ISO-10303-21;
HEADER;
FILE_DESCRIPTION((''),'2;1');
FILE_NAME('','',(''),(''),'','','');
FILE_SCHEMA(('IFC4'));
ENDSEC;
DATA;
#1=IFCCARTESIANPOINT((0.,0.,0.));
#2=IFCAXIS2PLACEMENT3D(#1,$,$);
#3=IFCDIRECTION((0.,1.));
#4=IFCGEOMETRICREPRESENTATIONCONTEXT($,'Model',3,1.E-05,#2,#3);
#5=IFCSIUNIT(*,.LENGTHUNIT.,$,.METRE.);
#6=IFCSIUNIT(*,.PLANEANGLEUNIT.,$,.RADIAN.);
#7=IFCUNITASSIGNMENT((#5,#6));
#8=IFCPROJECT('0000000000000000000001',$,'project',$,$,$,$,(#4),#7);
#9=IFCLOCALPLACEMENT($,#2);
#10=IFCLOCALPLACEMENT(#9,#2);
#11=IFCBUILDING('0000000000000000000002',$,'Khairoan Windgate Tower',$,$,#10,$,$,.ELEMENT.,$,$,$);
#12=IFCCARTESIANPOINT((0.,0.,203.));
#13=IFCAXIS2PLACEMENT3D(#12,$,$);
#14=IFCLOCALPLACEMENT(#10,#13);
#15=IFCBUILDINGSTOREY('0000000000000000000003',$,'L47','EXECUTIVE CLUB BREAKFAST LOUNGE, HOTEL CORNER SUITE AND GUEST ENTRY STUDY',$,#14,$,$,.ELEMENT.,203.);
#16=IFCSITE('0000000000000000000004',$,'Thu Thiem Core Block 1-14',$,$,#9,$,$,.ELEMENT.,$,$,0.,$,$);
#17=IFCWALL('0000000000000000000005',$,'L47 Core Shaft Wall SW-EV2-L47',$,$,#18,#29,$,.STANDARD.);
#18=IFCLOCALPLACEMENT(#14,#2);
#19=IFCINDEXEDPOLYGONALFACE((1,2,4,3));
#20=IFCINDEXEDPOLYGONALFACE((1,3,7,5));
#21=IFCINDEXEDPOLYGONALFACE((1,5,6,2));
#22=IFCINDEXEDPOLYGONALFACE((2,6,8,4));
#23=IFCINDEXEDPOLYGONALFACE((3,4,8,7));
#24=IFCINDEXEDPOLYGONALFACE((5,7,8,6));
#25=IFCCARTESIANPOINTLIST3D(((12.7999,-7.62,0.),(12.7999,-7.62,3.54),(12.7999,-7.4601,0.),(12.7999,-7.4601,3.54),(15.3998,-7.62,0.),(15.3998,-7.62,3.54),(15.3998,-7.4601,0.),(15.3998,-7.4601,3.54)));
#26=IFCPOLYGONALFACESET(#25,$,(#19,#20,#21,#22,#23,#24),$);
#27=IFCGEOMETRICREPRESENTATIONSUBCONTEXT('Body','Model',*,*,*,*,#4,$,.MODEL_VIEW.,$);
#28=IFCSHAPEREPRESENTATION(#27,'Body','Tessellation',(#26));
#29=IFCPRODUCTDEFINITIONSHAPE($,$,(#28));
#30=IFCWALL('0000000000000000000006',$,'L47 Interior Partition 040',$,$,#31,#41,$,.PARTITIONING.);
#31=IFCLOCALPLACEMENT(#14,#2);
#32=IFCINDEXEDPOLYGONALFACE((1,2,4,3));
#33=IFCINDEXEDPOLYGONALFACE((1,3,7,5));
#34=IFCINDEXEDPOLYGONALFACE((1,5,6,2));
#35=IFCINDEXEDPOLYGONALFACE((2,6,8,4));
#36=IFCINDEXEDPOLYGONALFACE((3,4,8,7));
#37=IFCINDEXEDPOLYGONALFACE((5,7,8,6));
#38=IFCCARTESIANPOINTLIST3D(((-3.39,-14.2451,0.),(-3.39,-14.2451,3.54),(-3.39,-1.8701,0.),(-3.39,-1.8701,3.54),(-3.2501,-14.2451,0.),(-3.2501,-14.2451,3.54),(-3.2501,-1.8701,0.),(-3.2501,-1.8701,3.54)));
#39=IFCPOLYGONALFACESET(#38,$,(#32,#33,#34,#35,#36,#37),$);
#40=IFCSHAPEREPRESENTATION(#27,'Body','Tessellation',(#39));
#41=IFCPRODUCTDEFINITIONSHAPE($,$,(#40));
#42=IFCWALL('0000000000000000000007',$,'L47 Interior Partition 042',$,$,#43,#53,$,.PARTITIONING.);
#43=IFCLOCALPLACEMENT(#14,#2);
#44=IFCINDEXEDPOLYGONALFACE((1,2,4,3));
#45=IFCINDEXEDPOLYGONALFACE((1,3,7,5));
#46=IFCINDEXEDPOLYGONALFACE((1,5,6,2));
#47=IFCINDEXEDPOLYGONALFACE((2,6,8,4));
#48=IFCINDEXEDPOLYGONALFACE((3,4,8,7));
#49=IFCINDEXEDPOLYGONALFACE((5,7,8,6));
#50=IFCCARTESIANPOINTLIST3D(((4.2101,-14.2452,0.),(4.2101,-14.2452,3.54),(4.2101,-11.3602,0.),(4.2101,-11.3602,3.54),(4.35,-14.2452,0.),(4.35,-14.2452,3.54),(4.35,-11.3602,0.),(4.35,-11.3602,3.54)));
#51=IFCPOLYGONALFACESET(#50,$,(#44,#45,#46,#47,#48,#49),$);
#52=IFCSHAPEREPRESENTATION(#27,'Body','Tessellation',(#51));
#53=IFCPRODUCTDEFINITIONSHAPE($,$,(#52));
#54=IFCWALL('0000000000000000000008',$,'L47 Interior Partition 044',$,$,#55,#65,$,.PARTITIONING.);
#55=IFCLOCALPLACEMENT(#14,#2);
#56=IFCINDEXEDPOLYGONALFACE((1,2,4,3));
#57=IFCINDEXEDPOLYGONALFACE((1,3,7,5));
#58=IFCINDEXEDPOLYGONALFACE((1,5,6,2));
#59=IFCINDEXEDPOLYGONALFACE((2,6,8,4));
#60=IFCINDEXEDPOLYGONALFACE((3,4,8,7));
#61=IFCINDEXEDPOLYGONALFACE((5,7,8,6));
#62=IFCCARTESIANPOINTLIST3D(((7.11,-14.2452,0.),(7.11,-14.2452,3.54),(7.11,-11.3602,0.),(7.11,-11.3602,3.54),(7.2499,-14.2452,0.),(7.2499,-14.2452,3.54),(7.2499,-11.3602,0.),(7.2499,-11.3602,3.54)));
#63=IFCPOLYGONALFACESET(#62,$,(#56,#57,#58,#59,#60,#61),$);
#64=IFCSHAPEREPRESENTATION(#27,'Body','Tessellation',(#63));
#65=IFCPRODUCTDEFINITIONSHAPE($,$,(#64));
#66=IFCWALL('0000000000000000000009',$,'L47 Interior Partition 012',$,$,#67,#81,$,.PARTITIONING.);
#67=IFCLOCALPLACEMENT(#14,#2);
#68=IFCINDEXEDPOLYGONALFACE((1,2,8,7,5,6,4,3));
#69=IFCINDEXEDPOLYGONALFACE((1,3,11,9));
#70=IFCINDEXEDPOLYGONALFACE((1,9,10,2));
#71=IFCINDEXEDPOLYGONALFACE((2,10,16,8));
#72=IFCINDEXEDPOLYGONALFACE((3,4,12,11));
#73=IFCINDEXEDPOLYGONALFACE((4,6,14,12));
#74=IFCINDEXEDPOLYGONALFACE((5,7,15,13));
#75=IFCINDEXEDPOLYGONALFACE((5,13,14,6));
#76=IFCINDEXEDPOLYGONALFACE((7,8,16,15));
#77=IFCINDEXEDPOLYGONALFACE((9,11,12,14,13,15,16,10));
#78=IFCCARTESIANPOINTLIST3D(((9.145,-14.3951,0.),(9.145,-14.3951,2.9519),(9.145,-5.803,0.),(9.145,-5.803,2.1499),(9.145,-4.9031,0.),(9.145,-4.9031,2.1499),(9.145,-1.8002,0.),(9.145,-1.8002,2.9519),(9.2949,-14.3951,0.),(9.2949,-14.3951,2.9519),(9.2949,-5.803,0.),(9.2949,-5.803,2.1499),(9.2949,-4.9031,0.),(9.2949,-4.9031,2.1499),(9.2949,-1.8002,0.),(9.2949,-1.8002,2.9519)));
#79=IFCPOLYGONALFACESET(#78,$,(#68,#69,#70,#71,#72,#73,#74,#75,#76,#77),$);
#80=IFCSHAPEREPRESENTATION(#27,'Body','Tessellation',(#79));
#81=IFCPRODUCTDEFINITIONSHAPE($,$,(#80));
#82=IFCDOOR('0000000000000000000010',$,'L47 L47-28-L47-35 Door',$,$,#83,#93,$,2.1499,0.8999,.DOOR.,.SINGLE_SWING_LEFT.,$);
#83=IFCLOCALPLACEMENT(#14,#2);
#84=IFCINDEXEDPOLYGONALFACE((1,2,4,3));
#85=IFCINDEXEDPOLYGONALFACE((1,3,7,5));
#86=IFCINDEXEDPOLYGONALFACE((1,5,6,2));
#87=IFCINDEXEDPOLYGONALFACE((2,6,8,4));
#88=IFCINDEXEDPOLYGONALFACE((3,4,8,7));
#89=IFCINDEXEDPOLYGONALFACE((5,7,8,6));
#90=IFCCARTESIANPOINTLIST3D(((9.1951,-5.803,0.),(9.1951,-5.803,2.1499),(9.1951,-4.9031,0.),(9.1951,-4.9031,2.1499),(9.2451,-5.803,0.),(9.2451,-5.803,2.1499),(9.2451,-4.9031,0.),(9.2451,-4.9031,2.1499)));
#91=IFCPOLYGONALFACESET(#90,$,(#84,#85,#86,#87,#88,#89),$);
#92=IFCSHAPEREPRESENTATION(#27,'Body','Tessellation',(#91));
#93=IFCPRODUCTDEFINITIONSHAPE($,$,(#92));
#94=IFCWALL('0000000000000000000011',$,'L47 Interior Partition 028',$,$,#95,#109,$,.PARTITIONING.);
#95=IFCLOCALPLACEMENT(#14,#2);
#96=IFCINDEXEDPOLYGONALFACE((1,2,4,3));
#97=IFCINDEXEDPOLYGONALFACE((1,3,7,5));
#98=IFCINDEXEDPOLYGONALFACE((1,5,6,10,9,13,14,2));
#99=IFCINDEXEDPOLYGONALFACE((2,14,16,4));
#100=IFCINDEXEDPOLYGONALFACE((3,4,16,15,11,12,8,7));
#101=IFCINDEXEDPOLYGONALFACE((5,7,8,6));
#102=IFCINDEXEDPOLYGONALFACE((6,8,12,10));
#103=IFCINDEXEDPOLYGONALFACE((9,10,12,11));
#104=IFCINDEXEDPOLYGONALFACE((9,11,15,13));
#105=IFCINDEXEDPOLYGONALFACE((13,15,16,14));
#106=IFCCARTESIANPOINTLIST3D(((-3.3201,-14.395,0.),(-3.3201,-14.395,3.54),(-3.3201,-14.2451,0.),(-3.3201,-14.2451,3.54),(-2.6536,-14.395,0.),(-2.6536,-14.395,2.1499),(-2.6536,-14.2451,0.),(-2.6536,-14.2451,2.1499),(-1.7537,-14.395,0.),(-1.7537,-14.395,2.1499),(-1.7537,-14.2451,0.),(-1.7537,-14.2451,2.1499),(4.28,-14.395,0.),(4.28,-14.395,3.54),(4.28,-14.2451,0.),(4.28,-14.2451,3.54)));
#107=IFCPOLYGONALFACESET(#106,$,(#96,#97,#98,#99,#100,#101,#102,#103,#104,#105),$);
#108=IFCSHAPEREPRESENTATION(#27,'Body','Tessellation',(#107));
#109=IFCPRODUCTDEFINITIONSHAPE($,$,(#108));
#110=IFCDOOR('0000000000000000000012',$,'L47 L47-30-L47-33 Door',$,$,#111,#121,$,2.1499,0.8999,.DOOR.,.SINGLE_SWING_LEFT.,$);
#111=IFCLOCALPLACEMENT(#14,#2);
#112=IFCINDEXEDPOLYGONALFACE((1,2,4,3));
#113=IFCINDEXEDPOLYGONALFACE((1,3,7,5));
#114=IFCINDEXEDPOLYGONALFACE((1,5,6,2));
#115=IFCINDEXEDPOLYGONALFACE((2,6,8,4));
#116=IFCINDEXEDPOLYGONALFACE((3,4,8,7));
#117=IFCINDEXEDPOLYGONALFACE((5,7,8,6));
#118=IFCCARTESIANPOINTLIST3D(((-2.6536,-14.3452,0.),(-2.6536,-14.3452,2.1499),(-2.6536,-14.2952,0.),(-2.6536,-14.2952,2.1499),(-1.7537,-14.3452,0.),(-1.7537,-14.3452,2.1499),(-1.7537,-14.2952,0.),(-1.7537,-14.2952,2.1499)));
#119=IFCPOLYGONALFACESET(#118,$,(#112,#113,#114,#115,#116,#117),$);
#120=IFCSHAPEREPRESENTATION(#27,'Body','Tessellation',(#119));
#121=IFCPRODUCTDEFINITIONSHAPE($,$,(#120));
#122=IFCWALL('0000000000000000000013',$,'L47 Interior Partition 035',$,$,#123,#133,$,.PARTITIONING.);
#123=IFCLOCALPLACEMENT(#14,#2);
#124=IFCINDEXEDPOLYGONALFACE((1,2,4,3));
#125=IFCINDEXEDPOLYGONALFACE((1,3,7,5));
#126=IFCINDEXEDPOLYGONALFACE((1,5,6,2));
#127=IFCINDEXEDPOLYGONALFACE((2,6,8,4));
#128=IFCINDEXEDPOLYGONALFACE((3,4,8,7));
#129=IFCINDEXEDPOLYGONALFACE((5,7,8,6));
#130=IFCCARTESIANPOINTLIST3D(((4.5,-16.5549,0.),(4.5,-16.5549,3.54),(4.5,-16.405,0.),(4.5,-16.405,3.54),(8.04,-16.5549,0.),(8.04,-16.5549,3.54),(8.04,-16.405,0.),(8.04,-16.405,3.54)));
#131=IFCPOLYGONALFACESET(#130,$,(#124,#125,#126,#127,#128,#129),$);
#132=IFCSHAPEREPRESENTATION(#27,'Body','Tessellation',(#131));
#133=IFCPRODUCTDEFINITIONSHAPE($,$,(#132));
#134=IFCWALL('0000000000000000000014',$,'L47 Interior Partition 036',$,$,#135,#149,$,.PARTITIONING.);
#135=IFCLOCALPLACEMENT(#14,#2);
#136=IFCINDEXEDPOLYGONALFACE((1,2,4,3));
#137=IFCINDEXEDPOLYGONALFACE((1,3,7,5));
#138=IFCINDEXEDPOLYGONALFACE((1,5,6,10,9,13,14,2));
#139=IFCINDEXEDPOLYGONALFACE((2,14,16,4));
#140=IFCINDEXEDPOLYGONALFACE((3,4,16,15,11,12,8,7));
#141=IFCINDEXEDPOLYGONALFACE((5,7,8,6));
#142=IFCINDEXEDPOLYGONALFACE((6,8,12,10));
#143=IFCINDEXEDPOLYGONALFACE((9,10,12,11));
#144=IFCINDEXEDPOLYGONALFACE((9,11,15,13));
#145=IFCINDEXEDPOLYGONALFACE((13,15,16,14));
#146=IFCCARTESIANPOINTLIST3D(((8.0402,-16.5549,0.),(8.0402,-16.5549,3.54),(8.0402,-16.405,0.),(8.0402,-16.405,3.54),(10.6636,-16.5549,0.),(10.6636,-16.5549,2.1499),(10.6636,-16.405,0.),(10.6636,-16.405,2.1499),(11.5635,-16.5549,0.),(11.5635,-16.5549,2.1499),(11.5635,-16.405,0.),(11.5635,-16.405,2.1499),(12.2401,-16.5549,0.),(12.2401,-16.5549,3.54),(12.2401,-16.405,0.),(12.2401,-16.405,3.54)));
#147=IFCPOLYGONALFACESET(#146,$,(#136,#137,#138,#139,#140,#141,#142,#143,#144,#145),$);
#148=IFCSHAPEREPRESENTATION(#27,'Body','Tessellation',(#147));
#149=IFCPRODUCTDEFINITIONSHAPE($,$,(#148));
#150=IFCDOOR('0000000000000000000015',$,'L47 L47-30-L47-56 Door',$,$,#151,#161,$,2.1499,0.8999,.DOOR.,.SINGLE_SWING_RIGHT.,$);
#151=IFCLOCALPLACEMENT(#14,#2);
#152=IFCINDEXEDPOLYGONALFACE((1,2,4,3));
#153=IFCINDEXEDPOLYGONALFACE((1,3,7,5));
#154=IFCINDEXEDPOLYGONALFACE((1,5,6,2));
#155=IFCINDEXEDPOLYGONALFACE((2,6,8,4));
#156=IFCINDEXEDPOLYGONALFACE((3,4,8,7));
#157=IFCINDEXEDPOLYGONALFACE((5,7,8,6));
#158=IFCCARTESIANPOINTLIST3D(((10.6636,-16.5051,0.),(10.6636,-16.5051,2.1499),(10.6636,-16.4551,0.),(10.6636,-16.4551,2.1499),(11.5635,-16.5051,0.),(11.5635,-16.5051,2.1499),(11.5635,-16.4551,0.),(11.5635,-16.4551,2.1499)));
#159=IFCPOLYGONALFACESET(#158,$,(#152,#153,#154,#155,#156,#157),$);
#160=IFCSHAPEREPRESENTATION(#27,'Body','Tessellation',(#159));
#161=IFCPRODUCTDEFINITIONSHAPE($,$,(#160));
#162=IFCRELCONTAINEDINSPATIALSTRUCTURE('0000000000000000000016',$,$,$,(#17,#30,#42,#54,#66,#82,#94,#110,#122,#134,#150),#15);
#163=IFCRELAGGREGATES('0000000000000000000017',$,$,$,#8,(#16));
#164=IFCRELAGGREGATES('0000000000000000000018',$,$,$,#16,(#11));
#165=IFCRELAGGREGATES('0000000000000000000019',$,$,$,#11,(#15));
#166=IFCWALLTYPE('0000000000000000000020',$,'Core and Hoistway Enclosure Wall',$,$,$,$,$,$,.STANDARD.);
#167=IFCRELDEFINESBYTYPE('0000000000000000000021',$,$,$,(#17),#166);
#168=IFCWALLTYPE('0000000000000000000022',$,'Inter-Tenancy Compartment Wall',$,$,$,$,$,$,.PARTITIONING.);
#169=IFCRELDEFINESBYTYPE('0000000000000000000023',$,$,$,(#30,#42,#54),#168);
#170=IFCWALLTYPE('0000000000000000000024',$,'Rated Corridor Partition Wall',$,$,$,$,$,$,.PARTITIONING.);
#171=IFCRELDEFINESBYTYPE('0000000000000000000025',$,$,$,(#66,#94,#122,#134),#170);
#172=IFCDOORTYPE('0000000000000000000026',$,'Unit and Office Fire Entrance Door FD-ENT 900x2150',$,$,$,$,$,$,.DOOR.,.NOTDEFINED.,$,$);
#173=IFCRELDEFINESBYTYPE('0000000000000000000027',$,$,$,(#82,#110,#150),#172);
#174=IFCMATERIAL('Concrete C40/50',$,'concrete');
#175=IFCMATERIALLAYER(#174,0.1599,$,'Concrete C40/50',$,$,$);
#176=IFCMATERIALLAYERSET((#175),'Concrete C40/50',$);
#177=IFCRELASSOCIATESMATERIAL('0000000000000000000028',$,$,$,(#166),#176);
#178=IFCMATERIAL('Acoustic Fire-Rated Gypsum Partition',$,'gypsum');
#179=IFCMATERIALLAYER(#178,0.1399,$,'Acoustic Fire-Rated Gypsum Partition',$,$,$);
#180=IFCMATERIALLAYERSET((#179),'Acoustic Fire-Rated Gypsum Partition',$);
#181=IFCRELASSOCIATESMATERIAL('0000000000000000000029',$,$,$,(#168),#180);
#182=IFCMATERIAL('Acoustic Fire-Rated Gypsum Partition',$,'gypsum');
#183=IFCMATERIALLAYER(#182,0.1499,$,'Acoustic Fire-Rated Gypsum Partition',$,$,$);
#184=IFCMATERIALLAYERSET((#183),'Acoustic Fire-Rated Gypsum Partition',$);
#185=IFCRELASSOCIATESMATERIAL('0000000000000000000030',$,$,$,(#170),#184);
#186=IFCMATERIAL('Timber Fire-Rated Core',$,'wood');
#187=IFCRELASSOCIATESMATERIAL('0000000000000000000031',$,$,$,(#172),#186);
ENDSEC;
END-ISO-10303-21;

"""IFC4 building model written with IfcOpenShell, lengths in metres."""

from ifc_helpers import new_model, si_unit, direction, frame, frame_2d, origin, place, context, subcontext, project, spatial, rectangle, extrude, material, layer, layer_set, type_object, element, fill, save


model = new_model("IFC4")

# Units and contexts
model_context = context("Model", 3, precision=1e-05, world=origin(), true_north=direction((0.0, 1.0)))
body_context = subcontext(model_context, "Body", "Model", "MODEL_VIEW")
ifc_project = project(units=[si_unit("LENGTHUNIT", "METRE"), si_unit("PLANEANGLEUNIT", "RADIAN")], contexts=[model_context])

# Site, building, storey
site_placement = place(None, origin())
site = spatial("IfcSite", under=ifc_project, at=site_placement, Name="Thu Thiem Core Block 1-14", CompositionType="ELEMENT", RefElevation=0.0)
building_placement = place(site_placement, origin())
building = spatial("IfcBuilding", under=site, at=building_placement, Name="Khairoan Windgate Tower", CompositionType="ELEMENT")
storey_placement = place(building_placement, frame((0.0, 0.0, 203.0)))
storey = spatial("IfcBuildingStorey", under=building, at=storey_placement, Name="L47", Description="EXECUTIVE CLUB BREAKFAST LOUNGE, HOTEL CORNER SUITE AND GUEST ENTRY STUDY", CompositionType="ELEMENT", Elevation=203.0)

# Walls
ifc_material_1 = material(Name="Concrete C40/50", Category="concrete")
ifc_layer_1 = layer(ifc_material_1, 0.1599, Name="Concrete C40/50")
ifc_layer_set_1 = layer_set([ifc_layer_1], Name="Concrete C40/50")
wall_type_1 = type_object("IfcWallType", Name="Core and Hoistway Enclosure Wall", PredefinedType="STANDARD", material=ifc_layer_set_1)
for number, where, z_axis, x_axis, name in (
    (1, (12.8, -7.54, 0.0), (0.0, 0.0, 1.0), (1.0, 0.0, 0.0), "L47 Core Shaft Wall SW-EV2-L47"),
):
    element("IfcWall", number, at=place(storey_placement, frame(where, z_axis=z_axis, x_axis=x_axis)), inside=storey, type_object=wall_type_1, Name=name, PredefinedType="STANDARD", context=body_context, shape_type="SweptSolid", body=[
        extrude(rectangle(XDim=2.5999, YDim=0.1599, at=frame_2d((1.2998, 0.0))), origin(), (0.0, 0.0, 1.0), 3.54),
    ])
ifc_material_2 = material(Name="Acoustic Fire-Rated Gypsum Partition", Category="gypsum")
ifc_layer_2 = layer(ifc_material_2, 0.1399, Name="Acoustic Fire-Rated Gypsum Partition")
ifc_layer_set_2 = layer_set([ifc_layer_2], Name="Acoustic Fire-Rated Gypsum Partition")
wall_type_2 = type_object("IfcWallType", Name="Inter-Tenancy Compartment Wall", PredefinedType="PARTITIONING", material=ifc_layer_set_2)
wall_1_placement = place(storey_placement, frame((-3.3201, -14.2451, 0.0), z_axis=(0.0, 0.0, 1.0), x_axis=(0.0, 1.0, 0.0)))
element("IfcWall", 2, at=wall_1_placement, inside=storey, type_object=wall_type_2, Name="L47 Interior Partition 040", PredefinedType="PARTITIONING", context=body_context, shape_type="SweptSolid", body=[
    extrude(rectangle(XDim=12.375, YDim=0.1399, at=frame_2d((6.1875, 0.0))), origin(), (0.0, 0.0, 1.0), 3.54),
])
for number, where, z_axis, x_axis, name in (
    (3, (4.28, -14.2451, 0.0), (0.0, 0.0, 1.0), (0.0, 1.0, 0.0), "L47 Interior Partition 042"),
    (4, (7.1799, -14.2451, 0.0), (0.0, 0.0, 1.0), (0.0, 1.0, 0.0), "L47 Interior Partition 044"),
):
    element("IfcWall", number, at=place(storey_placement, frame(where, z_axis=z_axis, x_axis=x_axis)), inside=storey, type_object=wall_type_2, Name=name, PredefinedType="PARTITIONING", context=body_context, shape_type="SweptSolid", body=[
        extrude(rectangle(XDim=2.885, YDim=0.1399, at=frame_2d((1.4424, 0.0))), origin(), (0.0, 0.0, 1.0), 3.54),
    ])

# Walls, openings, doors
ifc_material_3 = material(Name="Acoustic Fire-Rated Gypsum Partition", Category="gypsum")
ifc_layer_3 = layer(ifc_material_3, 0.1499, Name="Acoustic Fire-Rated Gypsum Partition")
ifc_layer_set_3 = layer_set([ifc_layer_3], Name="Acoustic Fire-Rated Gypsum Partition")
wall_type_3 = type_object("IfcWallType", Name="Rated Corridor Partition Wall", PredefinedType="PARTITIONING", material=ifc_layer_set_3)
wall_2_placement = place(storey_placement, frame((9.22, -14.395, 0.0), z_axis=(0.0, 0.0, 1.0), x_axis=(0.0, 1.0, 0.0)))
wall_2 = element("IfcWall", 5, at=wall_2_placement, inside=storey, type_object=wall_type_3, Name="L47 Interior Partition 012", PredefinedType="PARTITIONING", context=body_context, shape_type="SweptSolid", body=[
    extrude(rectangle(XDim=12.595, YDim=0.1499, at=frame_2d((6.2974, 0.0))), origin(), (0.0, 0.0, 1.0), 2.9519),
])
opening_1_placement = place(wall_2_placement, frame((8.592, 0.0, 0.0)))
opening_1 = element("IfcOpeningElement", 6, at=opening_1_placement, cuts=wall_2, PredefinedType="OPENING", context=body_context, shape_type="SweptSolid", body=[
    extrude(rectangle(XDim=0.8999, YDim=2.1499, at=frame_2d((0.45, 1.075))), frame((0.0, 0.085, 0.0), z_axis=(0.0, -1.0, 0.0), x_axis=(1.0, 0.0, 0.0)), (0.0, 0.0, 1.0), 0.1699),
])
ifc_material_4 = material(Name="Timber Fire-Rated Core", Category="wood")
door_type = type_object("IfcDoorType", Name="Unit and Office Fire Entrance Door FD-ENT 900x2150", OperationType="NOTDEFINED", PredefinedType="DOOR", material=ifc_material_4)
door_1_placement = place(opening_1_placement, origin())
door_1 = element("IfcDoor", 7, at=door_1_placement, inside=storey, type_object=door_type, Name="L47 L47-28-L47-35 Door", OperationType="SINGLE_SWING_LEFT", OverallHeight=2.1499, OverallWidth=0.8999, PredefinedType="DOOR", context=body_context, shape_type="SweptSolid", body=[
    extrude(rectangle(XDim=0.8999, YDim=2.1499, at=frame_2d((0.45, 1.075))), frame((0.0, 0.0249, 0.0), z_axis=(0.0, -1.0, 0.0), x_axis=(1.0, 0.0, 0.0)), (0.0, 0.0, 1.0), 0.05),
])
fill(opening_1, door_1)
wall_3_placement = place(storey_placement, frame((-3.3201, -14.3201, 0.0), z_axis=(0.0, 0.0, 1.0), x_axis=(1.0, 0.0, 0.0)))
wall_3 = element("IfcWall", 8, at=wall_3_placement, inside=storey, type_object=wall_type_3, Name="L47 Interior Partition 028", PredefinedType="PARTITIONING", context=body_context, shape_type="SweptSolid", body=[
    extrude(rectangle(XDim=7.6001, YDim=0.1499, at=frame_2d((3.8, 0.0))), origin(), (0.0, 0.0, 1.0), 3.54),
])
opening_2_placement = place(wall_3_placement, frame((0.6665, 0.0, 0.0)))
opening_2 = element("IfcOpeningElement", 9, at=opening_2_placement, cuts=wall_3, PredefinedType="OPENING", context=body_context, shape_type="SweptSolid", body=[
    extrude(rectangle(XDim=0.8999, YDim=2.1499, at=frame_2d((0.45, 1.075))), frame((0.0, 0.085, 0.0), z_axis=(0.0, -1.0, 0.0), x_axis=(1.0, 0.0, 0.0)), (0.0, 0.0, 1.0), 0.1699),
])
door_2_placement = place(opening_2_placement, origin())
door_2 = element("IfcDoor", 10, at=door_2_placement, inside=storey, type_object=door_type, Name="L47 L47-30-L47-33 Door", OperationType="SINGLE_SWING_LEFT", OverallHeight=2.1499, OverallWidth=0.8999, PredefinedType="DOOR", context=body_context, shape_type="SweptSolid", body=[
    extrude(rectangle(XDim=0.8999, YDim=2.1499, at=frame_2d((0.45, 1.075))), frame((0.0, 0.0249, 0.0), z_axis=(0.0, -1.0, 0.0), x_axis=(1.0, 0.0, 0.0)), (0.0, 0.0, 1.0), 0.05),
])
fill(opening_2, door_2)

# Wall
wall_4_placement = place(storey_placement, frame((4.5, -16.48, 0.0), z_axis=(0.0, 0.0, 1.0), x_axis=(1.0, 0.0, 0.0)))
element("IfcWall", 11, at=wall_4_placement, inside=storey, type_object=wall_type_3, Name="L47 Interior Partition 035", PredefinedType="PARTITIONING", context=body_context, shape_type="SweptSolid", body=[
    extrude(rectangle(XDim=3.54, YDim=0.1499, at=frame_2d((1.77, 0.0))), origin(), (0.0, 0.0, 1.0), 3.54),
])

# Wall, opening, door
wall_5_placement = place(storey_placement, frame((8.04, -16.48, 0.0), z_axis=(0.0, 0.0, 1.0), x_axis=(1.0, 0.0, 0.0)))
wall_5 = element("IfcWall", 12, at=wall_5_placement, inside=storey, type_object=wall_type_3, Name="L47 Interior Partition 036", PredefinedType="PARTITIONING", context=body_context, shape_type="SweptSolid", body=[
    extrude(rectangle(XDim=4.2, YDim=0.1499, at=frame_2d((2.1001, 0.0))), origin(), (0.0, 0.0, 1.0), 3.54),
])
opening_3_placement = place(wall_5_placement, frame((2.6235, 0.0, 0.0)))
opening_3 = element("IfcOpeningElement", 13, at=opening_3_placement, cuts=wall_5, PredefinedType="OPENING", context=body_context, shape_type="SweptSolid", body=[
    extrude(rectangle(XDim=0.8999, YDim=2.1499, at=frame_2d((0.45, 1.075))), frame((0.0, 0.085, 0.0), z_axis=(0.0, -1.0, 0.0), x_axis=(1.0, 0.0, 0.0)), (0.0, 0.0, 1.0), 0.1699),
])
door_3_placement = place(opening_3_placement, origin())
door_3 = element("IfcDoor", 14, at=door_3_placement, inside=storey, type_object=door_type, Name="L47 L47-30-L47-56 Door", OperationType="SINGLE_SWING_RIGHT", OverallHeight=2.1499, OverallWidth=0.8999, PredefinedType="DOOR", context=body_context, shape_type="SweptSolid", body=[
    extrude(rectangle(XDim=0.8999, YDim=2.1499, at=frame_2d((0.45, 1.075))), frame((0.0, 0.0249, 0.0), z_axis=(0.0, -1.0, 0.0), x_axis=(1.0, 0.0, 0.0)), (0.0, 0.0, 1.0), 0.05),
])
fill(opening_3, door_3)

save(model, "model.ifc")
